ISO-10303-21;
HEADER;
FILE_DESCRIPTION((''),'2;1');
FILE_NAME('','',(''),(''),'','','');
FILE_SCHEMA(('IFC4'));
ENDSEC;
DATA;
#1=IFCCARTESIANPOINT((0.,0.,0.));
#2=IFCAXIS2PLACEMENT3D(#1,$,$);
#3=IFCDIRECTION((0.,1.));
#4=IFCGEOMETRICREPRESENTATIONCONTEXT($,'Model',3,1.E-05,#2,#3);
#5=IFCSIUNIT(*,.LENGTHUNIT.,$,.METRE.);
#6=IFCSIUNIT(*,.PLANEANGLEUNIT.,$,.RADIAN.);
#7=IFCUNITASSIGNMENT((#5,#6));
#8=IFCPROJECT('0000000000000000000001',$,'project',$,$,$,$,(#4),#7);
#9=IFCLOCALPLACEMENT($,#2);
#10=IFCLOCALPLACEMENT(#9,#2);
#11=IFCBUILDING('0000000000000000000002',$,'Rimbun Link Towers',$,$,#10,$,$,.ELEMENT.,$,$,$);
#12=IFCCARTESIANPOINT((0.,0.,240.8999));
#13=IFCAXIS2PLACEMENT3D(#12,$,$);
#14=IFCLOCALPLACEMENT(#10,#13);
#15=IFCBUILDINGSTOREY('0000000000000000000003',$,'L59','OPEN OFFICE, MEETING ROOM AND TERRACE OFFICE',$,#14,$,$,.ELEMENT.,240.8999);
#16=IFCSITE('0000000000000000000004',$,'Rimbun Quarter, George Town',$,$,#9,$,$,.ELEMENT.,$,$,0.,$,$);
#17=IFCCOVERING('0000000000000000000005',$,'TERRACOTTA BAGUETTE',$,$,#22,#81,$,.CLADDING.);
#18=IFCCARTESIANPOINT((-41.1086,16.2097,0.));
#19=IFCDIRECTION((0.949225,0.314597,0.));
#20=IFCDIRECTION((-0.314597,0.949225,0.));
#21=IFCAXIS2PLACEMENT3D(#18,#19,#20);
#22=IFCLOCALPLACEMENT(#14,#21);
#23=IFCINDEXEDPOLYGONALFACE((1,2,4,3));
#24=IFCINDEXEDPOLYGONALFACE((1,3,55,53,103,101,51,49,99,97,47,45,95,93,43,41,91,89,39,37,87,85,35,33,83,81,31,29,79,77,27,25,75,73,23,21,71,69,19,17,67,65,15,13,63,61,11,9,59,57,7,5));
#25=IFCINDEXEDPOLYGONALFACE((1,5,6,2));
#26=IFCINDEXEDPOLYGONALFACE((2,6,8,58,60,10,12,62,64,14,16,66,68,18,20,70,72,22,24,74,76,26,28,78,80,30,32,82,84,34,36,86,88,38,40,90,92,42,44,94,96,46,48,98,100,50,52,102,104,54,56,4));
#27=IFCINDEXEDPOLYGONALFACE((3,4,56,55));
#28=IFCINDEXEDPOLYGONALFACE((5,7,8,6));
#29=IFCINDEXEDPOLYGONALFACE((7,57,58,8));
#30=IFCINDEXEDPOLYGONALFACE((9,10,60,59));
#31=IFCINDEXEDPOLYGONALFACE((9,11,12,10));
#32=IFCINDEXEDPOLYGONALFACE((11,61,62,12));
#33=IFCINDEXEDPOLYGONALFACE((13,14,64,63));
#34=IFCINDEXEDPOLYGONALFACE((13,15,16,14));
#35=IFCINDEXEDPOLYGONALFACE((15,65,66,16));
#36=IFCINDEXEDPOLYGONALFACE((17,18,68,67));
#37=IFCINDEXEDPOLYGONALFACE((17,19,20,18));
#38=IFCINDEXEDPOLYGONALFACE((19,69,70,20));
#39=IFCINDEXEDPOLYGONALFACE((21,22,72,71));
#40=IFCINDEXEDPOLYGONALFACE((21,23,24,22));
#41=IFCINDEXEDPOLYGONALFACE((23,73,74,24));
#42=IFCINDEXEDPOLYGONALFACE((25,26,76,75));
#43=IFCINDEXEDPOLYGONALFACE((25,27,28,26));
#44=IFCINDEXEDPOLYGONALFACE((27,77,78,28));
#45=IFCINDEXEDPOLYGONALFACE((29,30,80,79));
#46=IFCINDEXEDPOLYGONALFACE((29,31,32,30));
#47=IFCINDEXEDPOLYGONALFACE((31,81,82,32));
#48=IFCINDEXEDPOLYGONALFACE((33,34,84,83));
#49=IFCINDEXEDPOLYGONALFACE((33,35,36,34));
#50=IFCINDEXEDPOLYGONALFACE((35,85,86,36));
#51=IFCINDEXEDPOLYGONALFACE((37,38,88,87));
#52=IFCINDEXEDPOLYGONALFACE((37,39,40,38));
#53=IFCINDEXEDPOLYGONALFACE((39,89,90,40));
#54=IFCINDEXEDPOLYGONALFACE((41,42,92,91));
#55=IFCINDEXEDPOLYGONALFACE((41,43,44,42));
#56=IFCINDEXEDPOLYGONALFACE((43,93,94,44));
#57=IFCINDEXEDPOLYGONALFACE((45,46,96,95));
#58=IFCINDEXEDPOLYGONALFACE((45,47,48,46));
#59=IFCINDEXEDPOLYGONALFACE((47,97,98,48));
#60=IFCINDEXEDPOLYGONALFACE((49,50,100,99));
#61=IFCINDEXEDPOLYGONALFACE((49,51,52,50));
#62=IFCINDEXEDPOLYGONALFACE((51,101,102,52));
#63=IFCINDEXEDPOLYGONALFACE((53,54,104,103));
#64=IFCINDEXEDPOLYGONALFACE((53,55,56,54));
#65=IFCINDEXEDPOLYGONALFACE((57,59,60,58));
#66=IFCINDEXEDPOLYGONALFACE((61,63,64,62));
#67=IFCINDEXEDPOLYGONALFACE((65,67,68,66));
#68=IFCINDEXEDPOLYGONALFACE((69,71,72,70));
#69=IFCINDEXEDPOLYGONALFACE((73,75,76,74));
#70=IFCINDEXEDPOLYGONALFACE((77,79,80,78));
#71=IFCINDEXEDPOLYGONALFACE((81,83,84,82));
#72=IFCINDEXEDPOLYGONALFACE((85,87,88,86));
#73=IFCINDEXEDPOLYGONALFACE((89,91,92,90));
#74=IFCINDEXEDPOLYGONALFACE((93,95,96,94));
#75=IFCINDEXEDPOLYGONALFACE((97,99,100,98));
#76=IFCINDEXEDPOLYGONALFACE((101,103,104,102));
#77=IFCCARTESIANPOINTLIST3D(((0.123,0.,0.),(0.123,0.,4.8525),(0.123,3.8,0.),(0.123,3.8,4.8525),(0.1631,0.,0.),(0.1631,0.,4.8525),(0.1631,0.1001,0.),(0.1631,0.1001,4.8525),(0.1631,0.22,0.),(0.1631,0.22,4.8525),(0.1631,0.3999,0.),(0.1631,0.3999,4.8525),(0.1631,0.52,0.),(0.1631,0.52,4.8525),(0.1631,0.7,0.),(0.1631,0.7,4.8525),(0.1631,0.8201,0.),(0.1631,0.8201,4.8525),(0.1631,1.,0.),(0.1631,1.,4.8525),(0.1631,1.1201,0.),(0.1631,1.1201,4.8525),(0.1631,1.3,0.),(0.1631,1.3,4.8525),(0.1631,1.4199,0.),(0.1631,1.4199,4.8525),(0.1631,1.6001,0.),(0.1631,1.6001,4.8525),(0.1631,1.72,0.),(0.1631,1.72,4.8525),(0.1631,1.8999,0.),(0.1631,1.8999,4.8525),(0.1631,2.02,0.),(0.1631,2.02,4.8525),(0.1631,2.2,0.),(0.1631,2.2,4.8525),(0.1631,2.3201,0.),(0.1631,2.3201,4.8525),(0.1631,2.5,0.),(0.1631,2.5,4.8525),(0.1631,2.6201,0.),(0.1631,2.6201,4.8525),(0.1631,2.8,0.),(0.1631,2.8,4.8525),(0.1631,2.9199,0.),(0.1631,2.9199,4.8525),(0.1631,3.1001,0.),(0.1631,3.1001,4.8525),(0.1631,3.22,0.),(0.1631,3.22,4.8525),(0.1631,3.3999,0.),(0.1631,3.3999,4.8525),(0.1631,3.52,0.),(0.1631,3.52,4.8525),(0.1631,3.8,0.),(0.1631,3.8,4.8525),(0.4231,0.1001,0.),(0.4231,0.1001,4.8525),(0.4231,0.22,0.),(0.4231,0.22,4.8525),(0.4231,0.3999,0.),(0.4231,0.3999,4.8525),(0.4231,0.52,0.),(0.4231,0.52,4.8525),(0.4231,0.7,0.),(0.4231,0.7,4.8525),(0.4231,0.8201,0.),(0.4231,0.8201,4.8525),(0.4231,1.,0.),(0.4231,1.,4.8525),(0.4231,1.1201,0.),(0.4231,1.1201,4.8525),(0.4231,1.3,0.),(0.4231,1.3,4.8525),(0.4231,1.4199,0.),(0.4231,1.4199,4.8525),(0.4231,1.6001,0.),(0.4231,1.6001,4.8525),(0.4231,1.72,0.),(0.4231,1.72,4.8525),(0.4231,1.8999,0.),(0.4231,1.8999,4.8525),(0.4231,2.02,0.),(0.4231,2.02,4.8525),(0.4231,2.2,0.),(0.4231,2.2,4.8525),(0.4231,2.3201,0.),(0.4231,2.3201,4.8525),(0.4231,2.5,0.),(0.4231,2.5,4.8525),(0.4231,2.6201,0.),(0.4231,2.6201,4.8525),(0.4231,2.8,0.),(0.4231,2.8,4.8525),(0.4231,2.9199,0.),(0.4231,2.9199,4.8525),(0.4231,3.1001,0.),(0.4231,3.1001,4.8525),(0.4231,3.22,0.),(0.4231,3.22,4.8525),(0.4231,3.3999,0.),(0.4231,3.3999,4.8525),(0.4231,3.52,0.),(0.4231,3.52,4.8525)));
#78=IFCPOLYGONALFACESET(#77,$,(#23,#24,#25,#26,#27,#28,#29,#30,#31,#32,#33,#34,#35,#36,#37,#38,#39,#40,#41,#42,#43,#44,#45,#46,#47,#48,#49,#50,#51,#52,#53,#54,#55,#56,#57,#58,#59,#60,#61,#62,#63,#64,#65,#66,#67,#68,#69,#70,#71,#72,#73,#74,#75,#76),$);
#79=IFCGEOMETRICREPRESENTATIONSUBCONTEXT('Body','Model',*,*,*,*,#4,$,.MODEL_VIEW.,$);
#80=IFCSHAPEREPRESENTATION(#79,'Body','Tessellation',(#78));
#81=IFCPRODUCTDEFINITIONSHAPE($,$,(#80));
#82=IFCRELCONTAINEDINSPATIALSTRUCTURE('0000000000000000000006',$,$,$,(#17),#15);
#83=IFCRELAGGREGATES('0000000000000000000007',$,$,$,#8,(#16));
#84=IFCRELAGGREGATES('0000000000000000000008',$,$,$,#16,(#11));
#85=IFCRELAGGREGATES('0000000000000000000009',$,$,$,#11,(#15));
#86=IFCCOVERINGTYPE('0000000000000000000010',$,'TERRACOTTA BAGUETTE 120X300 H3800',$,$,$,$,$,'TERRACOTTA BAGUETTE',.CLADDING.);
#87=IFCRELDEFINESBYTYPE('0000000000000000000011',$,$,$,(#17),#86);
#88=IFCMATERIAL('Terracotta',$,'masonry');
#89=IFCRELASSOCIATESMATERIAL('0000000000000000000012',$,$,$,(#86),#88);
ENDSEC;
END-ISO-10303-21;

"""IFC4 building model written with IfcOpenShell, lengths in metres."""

from ifc_helpers import new_model, si_unit, direction, frame, origin, place, context, subcontext, project, spatial, polyline, outline, extrude, material, material_profile, profile_set, type_object, element, save


model = new_model("IFC4")

# Units and contexts
model_context = context("Model", 3, precision=1e-05, world=origin(), true_north=direction((0.0, 1.0)))
body_context = subcontext(model_context, "Body", "Model", "MODEL_VIEW")
ifc_project = project(units=[si_unit("LENGTHUNIT", "METRE"), si_unit("PLANEANGLEUNIT", "RADIAN")], contexts=[model_context])

# Site, building, storey
site_placement = place(None, origin())
site = spatial("IfcSite", under=ifc_project, at=site_placement, Name="Rimbun Quarter, George Town", CompositionType="ELEMENT", RefElevation=0.0)
building_placement = place(site_placement, origin())
building = spatial("IfcBuilding", under=site, at=building_placement, Name="Rimbun Link Towers", CompositionType="ELEMENT")
storey_placement = place(building_placement, frame((0.0, 0.0, 240.8999)))
storey = spatial("IfcBuildingStorey", under=building, at=storey_placement, Name="L59", Description="OPEN OFFICE, MEETING ROOM AND TERRACE OFFICE", CompositionType="ELEMENT", Elevation=240.8999)

# Covering
ifc_material_1 = material(Name="Terracotta", Category="masonry")
ifc_material_profile_1 = material_profile(ifc_material_1, outline(polyline([(0.123, 0.0), (0.1631, 0.0), (0.1631, 0.1001), (0.4231, 0.1001), (0.4231, 0.22), (0.1631, 0.22), (0.1631, 0.3999), (0.4231, 0.3999), (0.4231, 0.52), (0.1631, 0.52), (0.1631, 0.7), (0.4231, 0.7), (0.4231, 0.8201), (0.1631, 0.8201), (0.1631, 1.0), (0.4231, 1.0), (0.4231, 1.1201), (0.1631, 1.1201), (0.1631, 1.3), (0.4231, 1.3), (0.4231, 1.4199), (0.1631, 1.4199), (0.1631, 1.6001), (0.4231, 1.6001), (0.4231, 1.72), (0.1631, 1.72), (0.1631, 1.8999), (0.4231, 1.8999), (0.4231, 2.02), (0.1631, 2.02), (0.1631, 2.2), (0.4231, 2.2), (0.4231, 2.3201), (0.1631, 2.3201), (0.1631, 2.5), (0.4231, 2.5), (0.4231, 2.6201), (0.1631, 2.6201), (0.1631, 2.8), (0.4231, 2.8), (0.4231, 2.9199), (0.1631, 2.9199), (0.1631, 3.1001), (0.4231, 3.1001), (0.4231, 3.22), (0.1631, 3.22), (0.1631, 3.3999), (0.4231, 3.3999), (0.4231, 3.52), (0.1631, 3.52), (0.1631, 3.8), (0.123, 3.8), (0.123, 0.0)])), Name="BAGUETTE 120X300")
ifc_profile_set_1 = profile_set([ifc_material_profile_1], Name="Terracotta")
covering_type = type_object("IfcCoveringType", Name="TERRACOTTA BAGUETTE 120X300 H3800", ElementType="TERRACOTTA BAGUETTE", PredefinedType="CLADDING", material=ifc_profile_set_1)
covering_1_placement = place(storey_placement, frame((-41.1086, 16.2097, 0.0), z_axis=(0.949225, 0.314597, 0.0), x_axis=(-0.314597, 0.949225, 0.0)))
element("IfcCovering", 1, at=covering_1_placement, inside=storey, type_object=covering_type, Name="TERRACOTTA BAGUETTE", PredefinedType="CLADDING", context=body_context, shape_type="SweptSolid", body=[
    extrude(outline(polyline([(0.123, 0.0), (0.1631, 0.0), (0.1631, 0.1001), (0.4231, 0.1001), (0.4231, 0.22), (0.1631, 0.22), (0.1631, 0.3999), (0.4231, 0.3999), (0.4231, 0.52), (0.1631, 0.52), (0.1631, 0.7), (0.4231, 0.7), (0.4231, 0.8201), (0.1631, 0.8201), (0.1631, 1.0), (0.4231, 1.0), (0.4231, 1.1201), (0.1631, 1.1201), (0.1631, 1.3), (0.4231, 1.3), (0.4231, 1.4199), (0.1631, 1.4199), (0.1631, 1.6001), (0.4231, 1.6001), (0.4231, 1.72), (0.1631, 1.72), (0.1631, 1.8999), (0.4231, 1.8999), (0.4231, 2.02), (0.1631, 2.02), (0.1631, 2.2), (0.4231, 2.2), (0.4231, 2.3201), (0.1631, 2.3201), (0.1631, 2.5), (0.4231, 2.5), (0.4231, 2.6201), (0.1631, 2.6201), (0.1631, 2.8), (0.4231, 2.8), (0.4231, 2.9199), (0.1631, 2.9199), (0.1631, 3.1001), (0.4231, 3.1001), (0.4231, 3.22), (0.1631, 3.22), (0.1631, 3.3999), (0.4231, 3.3999), (0.4231, 3.52), (0.1631, 3.52), (0.1631, 3.8), (0.123, 3.8), (0.123, 0.0)])), origin(), (0.0, 0.0, 1.0), 4.8525),
])

save(model, "model.ifc")
